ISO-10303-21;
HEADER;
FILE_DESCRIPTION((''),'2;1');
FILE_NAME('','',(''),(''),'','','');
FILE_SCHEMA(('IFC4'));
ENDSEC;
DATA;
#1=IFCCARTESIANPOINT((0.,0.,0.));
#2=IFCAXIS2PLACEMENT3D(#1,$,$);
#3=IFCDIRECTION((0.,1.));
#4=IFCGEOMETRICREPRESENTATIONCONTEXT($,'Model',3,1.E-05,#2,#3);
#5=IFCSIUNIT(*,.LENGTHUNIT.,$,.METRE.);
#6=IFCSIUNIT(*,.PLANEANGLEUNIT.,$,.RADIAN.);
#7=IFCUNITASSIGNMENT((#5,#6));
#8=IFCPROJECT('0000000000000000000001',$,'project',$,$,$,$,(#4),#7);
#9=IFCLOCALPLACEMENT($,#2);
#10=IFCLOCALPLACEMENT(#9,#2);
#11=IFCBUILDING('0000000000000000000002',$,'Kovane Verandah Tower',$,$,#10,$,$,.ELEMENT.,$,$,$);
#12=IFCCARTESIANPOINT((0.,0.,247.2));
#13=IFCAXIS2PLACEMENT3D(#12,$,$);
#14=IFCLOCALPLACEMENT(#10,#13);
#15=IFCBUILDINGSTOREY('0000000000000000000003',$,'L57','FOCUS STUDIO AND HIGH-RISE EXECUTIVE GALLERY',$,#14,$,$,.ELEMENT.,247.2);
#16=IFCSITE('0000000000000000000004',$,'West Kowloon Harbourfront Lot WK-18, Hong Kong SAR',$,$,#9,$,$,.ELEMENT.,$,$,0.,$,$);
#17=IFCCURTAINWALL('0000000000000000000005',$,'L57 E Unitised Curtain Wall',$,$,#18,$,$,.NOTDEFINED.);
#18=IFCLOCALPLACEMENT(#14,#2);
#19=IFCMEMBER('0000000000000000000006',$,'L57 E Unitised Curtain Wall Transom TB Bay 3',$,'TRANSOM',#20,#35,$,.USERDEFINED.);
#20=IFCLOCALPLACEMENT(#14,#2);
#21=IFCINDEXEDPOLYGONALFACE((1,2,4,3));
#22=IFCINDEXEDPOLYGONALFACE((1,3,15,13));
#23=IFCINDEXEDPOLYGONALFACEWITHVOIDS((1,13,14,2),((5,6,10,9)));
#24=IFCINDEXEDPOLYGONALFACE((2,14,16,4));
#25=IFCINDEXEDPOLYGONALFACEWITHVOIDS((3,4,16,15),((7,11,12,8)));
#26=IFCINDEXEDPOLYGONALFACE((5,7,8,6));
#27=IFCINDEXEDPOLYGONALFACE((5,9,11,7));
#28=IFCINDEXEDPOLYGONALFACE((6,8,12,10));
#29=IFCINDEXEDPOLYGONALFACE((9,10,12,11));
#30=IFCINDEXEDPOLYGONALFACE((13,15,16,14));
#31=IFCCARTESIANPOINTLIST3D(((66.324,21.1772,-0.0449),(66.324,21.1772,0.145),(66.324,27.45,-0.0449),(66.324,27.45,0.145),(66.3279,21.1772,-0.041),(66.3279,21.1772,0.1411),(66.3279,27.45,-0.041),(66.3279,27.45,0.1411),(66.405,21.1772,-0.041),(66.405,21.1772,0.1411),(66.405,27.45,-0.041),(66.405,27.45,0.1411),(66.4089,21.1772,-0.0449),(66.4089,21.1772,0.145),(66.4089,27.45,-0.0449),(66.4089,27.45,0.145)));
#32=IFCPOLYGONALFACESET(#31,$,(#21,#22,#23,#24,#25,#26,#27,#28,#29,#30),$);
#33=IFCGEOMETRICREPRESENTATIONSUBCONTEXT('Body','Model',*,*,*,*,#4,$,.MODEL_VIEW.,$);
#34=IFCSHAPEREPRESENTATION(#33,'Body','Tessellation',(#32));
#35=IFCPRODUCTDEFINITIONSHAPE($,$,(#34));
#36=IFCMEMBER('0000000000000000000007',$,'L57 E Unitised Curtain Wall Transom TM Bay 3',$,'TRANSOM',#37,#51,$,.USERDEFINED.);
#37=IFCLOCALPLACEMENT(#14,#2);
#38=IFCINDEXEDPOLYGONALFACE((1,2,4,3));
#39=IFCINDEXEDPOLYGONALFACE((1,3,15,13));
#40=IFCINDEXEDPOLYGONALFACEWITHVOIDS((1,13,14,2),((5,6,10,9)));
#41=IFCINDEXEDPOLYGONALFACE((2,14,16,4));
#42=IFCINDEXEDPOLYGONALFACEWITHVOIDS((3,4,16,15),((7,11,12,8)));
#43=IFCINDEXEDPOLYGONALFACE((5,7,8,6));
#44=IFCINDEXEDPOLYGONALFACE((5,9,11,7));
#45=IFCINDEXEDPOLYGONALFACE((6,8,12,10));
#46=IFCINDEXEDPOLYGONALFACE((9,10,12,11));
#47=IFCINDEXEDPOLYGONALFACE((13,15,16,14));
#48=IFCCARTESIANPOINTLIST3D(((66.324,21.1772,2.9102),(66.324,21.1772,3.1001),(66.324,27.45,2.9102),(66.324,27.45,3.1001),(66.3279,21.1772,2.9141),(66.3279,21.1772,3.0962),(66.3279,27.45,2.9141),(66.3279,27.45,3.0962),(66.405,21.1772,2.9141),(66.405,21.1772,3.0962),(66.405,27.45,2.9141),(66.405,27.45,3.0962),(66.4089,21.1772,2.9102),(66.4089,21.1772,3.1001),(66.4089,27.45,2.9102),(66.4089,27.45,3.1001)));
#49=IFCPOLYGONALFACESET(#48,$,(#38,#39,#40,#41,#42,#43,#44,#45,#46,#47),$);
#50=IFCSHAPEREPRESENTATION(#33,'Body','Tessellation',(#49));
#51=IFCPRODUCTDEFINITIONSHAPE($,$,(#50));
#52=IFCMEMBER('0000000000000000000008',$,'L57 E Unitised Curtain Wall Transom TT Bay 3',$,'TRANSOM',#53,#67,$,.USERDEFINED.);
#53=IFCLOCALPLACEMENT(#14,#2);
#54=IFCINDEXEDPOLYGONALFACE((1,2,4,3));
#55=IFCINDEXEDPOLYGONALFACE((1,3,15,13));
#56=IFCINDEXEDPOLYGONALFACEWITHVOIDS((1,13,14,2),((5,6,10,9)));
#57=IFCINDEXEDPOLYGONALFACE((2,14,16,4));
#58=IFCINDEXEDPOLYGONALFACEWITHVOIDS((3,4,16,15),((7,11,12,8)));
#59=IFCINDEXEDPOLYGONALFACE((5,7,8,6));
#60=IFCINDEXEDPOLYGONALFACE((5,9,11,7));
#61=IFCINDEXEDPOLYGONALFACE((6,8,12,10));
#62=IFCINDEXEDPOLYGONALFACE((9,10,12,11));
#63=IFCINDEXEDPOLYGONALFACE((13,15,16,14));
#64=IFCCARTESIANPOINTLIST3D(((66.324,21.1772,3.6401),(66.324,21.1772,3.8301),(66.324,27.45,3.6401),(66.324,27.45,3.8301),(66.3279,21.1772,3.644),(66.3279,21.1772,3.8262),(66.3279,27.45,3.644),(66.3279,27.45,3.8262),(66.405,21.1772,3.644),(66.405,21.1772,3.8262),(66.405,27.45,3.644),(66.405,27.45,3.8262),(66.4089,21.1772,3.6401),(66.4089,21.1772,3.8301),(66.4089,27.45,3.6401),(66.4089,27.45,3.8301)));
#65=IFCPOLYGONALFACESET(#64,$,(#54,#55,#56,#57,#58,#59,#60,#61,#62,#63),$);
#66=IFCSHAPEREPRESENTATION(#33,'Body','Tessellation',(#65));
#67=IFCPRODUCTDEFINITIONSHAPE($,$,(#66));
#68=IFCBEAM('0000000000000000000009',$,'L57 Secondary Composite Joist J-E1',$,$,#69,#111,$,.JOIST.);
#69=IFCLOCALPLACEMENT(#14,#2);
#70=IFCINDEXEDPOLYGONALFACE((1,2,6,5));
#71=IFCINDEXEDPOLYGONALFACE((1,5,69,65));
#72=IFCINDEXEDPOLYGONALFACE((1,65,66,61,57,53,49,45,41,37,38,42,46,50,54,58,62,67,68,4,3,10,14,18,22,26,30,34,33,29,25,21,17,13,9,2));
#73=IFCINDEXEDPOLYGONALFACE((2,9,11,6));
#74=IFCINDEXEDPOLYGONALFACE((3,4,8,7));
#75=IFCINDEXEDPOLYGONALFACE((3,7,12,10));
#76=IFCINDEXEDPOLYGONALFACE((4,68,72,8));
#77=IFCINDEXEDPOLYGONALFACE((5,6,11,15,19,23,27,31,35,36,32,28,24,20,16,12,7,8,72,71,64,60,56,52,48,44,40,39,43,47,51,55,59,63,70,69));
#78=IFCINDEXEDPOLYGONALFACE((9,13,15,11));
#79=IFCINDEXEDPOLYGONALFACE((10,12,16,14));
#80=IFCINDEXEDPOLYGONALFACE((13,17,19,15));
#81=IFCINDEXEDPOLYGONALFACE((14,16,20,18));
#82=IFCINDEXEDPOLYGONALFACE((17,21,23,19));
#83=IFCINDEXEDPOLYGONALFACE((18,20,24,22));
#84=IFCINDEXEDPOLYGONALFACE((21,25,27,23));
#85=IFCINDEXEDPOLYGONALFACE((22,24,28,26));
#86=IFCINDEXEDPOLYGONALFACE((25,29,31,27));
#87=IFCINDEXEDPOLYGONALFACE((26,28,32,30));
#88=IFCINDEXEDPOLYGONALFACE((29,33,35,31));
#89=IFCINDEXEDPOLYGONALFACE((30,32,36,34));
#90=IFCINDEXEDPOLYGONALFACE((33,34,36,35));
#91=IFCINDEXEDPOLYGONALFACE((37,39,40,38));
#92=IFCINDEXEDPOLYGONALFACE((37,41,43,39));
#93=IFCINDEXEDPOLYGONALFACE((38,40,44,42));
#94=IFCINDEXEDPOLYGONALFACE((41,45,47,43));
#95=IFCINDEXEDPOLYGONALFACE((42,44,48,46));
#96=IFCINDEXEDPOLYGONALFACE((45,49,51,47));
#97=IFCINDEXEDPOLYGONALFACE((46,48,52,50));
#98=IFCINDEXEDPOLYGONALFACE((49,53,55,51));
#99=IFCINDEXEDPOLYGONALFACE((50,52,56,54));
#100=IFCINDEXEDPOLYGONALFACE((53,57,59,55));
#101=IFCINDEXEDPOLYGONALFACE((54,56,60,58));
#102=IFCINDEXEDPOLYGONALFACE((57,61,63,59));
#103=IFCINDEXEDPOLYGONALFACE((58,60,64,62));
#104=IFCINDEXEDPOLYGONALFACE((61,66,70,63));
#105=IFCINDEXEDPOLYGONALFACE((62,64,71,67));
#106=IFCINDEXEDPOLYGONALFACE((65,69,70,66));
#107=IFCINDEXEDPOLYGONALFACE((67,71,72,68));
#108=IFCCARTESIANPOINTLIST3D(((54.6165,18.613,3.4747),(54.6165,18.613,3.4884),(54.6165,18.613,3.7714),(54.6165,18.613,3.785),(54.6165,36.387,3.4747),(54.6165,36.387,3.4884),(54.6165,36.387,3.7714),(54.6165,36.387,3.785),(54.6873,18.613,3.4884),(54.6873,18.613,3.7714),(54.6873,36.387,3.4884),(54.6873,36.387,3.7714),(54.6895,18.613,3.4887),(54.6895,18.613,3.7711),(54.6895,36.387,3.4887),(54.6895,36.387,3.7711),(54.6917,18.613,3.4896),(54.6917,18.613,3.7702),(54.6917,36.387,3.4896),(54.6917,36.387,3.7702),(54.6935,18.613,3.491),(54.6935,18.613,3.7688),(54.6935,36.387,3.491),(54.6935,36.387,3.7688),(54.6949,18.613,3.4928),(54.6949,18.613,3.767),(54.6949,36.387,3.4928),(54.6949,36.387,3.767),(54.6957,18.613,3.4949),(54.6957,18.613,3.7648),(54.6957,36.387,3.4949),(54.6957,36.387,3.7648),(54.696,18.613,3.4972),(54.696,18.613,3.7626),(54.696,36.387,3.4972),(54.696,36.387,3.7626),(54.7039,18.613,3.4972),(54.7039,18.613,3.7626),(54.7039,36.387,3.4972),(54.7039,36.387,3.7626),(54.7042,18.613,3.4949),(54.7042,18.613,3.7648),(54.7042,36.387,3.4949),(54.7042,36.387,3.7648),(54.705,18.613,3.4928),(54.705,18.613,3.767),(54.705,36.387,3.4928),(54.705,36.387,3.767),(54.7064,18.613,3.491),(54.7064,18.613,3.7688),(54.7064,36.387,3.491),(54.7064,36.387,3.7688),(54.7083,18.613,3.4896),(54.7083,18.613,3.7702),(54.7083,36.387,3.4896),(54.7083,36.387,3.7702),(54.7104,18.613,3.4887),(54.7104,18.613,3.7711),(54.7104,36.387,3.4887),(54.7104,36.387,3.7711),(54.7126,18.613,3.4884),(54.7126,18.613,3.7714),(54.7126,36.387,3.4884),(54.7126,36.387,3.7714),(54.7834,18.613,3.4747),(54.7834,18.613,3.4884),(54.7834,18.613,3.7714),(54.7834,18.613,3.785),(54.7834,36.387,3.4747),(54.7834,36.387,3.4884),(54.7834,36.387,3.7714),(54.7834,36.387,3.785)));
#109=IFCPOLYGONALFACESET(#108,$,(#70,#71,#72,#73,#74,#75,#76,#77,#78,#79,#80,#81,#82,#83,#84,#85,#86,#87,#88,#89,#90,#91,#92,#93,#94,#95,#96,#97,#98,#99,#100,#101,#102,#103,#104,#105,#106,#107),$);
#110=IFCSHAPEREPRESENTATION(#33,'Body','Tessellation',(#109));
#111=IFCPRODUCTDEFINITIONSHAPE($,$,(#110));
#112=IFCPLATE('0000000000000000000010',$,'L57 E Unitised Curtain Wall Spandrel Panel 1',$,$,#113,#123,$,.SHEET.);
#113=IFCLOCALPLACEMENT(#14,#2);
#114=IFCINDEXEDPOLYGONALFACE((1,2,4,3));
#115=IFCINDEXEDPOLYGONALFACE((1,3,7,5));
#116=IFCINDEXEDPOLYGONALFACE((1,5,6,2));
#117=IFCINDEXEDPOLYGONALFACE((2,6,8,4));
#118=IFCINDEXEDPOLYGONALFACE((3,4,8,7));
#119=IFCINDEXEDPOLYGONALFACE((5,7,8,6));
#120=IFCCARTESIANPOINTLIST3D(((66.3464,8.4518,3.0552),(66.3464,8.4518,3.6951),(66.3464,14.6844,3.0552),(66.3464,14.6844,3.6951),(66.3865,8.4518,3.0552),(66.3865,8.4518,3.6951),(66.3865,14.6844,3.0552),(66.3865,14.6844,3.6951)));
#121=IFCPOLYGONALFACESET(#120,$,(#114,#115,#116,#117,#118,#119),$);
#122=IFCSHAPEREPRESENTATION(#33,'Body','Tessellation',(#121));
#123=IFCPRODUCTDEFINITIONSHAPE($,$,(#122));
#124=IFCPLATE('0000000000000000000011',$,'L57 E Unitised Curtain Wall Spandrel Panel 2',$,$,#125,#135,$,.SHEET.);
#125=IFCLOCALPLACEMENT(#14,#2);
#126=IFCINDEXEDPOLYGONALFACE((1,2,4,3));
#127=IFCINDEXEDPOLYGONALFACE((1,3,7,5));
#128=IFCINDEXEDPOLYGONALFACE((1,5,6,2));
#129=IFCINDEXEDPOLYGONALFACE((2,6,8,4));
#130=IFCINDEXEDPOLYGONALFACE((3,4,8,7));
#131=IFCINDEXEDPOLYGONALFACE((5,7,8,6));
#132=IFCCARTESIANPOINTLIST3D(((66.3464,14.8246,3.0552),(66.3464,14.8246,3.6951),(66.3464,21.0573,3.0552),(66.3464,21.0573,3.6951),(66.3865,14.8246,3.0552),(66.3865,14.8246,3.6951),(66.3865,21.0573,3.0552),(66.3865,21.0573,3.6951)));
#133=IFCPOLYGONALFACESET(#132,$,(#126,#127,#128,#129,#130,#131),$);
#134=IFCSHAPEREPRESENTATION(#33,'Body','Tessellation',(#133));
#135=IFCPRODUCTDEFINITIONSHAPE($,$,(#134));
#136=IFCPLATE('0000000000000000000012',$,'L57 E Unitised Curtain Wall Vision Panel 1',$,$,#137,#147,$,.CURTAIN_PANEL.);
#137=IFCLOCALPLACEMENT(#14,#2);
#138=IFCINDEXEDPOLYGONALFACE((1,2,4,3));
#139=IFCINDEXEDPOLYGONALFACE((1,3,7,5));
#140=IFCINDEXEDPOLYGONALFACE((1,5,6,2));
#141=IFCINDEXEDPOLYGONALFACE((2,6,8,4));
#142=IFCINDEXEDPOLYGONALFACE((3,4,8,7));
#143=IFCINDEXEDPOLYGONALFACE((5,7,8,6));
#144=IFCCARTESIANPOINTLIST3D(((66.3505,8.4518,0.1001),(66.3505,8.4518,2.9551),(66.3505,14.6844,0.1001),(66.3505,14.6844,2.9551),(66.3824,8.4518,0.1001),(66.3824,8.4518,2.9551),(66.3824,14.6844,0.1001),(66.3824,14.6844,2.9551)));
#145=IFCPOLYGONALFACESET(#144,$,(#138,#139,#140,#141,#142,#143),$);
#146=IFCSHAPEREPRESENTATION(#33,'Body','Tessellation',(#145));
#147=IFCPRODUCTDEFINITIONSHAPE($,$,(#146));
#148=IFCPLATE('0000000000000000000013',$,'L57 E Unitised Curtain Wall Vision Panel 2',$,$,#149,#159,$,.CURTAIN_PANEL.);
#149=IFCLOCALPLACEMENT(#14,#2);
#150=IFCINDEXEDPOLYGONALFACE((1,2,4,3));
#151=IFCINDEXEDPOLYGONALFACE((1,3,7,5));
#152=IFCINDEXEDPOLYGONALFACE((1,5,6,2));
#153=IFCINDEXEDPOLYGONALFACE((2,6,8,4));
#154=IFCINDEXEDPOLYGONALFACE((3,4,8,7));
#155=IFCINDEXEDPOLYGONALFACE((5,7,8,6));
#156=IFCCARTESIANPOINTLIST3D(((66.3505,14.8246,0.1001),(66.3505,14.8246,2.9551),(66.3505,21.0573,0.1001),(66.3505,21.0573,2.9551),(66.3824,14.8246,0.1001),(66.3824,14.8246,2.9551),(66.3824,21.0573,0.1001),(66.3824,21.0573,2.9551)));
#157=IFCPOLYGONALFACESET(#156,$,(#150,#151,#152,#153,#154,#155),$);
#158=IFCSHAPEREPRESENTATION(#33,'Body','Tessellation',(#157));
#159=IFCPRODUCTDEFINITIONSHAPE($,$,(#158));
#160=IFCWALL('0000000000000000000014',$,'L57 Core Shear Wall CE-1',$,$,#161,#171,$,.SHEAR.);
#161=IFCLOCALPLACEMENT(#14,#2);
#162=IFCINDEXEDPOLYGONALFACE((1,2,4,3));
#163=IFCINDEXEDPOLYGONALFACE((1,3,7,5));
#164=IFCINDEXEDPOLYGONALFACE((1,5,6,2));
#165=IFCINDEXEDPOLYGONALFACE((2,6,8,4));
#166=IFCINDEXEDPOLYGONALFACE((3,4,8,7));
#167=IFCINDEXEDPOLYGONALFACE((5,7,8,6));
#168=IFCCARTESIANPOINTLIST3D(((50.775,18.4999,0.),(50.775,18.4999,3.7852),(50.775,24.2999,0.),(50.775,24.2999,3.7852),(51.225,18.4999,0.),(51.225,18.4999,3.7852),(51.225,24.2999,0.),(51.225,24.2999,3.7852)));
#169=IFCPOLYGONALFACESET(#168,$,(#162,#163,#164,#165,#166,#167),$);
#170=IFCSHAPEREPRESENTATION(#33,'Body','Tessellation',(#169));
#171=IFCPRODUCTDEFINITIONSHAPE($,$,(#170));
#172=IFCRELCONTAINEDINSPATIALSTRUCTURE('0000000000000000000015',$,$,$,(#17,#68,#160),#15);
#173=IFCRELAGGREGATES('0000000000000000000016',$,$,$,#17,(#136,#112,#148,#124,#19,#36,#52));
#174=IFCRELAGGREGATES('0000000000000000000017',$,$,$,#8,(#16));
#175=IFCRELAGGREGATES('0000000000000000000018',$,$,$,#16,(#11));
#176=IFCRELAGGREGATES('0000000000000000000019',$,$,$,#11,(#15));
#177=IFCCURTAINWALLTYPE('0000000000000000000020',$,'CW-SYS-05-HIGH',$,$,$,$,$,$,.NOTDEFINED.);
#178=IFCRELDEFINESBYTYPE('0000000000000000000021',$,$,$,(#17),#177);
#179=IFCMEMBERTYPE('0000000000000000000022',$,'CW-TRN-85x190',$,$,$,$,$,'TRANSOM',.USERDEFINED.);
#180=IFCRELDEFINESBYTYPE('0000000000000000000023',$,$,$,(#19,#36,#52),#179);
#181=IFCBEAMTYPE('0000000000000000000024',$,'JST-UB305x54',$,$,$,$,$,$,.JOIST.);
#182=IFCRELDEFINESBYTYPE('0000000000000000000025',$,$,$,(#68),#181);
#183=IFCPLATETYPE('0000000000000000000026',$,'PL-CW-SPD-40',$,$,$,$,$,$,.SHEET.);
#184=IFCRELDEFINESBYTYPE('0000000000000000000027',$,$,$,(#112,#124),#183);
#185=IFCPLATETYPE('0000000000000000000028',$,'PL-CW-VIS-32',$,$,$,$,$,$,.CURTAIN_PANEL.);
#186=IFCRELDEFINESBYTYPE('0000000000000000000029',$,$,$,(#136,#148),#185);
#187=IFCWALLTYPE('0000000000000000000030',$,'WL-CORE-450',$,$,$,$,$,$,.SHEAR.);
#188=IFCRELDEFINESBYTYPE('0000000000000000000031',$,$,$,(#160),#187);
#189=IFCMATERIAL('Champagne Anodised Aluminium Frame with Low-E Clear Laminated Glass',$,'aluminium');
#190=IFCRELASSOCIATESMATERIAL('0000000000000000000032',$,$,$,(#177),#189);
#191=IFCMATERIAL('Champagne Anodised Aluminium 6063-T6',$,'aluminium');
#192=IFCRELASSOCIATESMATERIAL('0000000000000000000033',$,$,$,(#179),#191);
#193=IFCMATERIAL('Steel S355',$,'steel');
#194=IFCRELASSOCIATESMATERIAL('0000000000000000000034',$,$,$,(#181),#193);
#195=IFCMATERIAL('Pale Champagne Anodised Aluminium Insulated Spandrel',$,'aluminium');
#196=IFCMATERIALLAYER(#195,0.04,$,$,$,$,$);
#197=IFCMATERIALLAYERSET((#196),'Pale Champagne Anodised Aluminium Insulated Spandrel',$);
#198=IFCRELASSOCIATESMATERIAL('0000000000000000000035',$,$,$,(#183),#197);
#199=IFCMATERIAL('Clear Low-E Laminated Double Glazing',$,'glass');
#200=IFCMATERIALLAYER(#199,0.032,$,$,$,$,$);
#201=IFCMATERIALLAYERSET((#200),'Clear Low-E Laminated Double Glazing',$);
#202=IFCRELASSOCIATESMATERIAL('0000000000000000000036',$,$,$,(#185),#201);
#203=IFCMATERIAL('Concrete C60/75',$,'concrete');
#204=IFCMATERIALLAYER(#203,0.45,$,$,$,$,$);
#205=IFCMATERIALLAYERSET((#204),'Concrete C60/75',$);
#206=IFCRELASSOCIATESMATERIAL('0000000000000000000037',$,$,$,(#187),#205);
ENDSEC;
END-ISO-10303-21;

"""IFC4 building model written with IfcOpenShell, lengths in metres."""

from ifc_helpers import new_model, si_unit, direction, frame, frame_2d, origin, origin_2d, place, context, subcontext, project, spatial, rectangle, hollow_rectangle, i_section, extrude, material, layer, layer_set, material_profile, profile_set, type_object, element, aggregate, save


model = new_model("IFC4")

# Units and contexts
model_context = context("Model", 3, precision=1e-05, world=origin(), true_north=direction((0.0, 1.0)))
body_context = subcontext(model_context, "Body", "Model", "MODEL_VIEW")
ifc_project = project(units=[si_unit("LENGTHUNIT", "METRE"), si_unit("PLANEANGLEUNIT", "RADIAN")], contexts=[model_context])

# Site, building, storey
site_placement = place(None, origin())
site = spatial("IfcSite", under=ifc_project, at=site_placement, Name="West Kowloon Harbourfront Lot WK-18, Hong Kong SAR", CompositionType="ELEMENT", RefElevation=0.0)
building_placement = place(site_placement, origin())
building = spatial("IfcBuilding", under=site, at=building_placement, Name="Kovane Verandah Tower", CompositionType="ELEMENT")
storey_placement = place(building_placement, frame((0.0, 0.0, 247.2)))
storey = spatial("IfcBuildingStorey", under=building, at=storey_placement, Name="L57", Description="FOCUS STUDIO AND HIGH-RISE EXECUTIVE GALLERY", CompositionType="ELEMENT", Elevation=247.2)

# Shared definitions
ifc_material_1 = material(Name="Concrete C60/75", Category="concrete")

# Shared definitions
ifc_material_2 = material(Name="Steel S355", Category="steel")

# Curtain wall, members
ifc_material_3 = material(Name="Champagne Anodised Aluminium Frame with Low-E Clear Laminated Glass", Category="aluminium")
curtain_wall_type = type_object("IfcCurtainWallType", Name="CW-SYS-05-HIGH", PredefinedType="NOTDEFINED", material=ifc_material_3)
curtain_wall_placement = place(storey_placement, origin())
curtain_wall = element("IfcCurtainWall", 1, at=curtain_wall_placement, inside=storey, type_object=curtain_wall_type, Name="L57 E Unitised Curtain Wall", PredefinedType="NOTDEFINED")
ifc_material_4 = material(Name="Champagne Anodised Aluminium 6063-T6", Category="aluminium")
ifc_material_profile_1 = material_profile(ifc_material_4, hollow_rectangle(XDim=0.085, YDim=0.1899, WallThickness=0.0039, at=origin_2d()), Name="AL85x190x4")
ifc_profile_set_1 = profile_set([ifc_material_profile_1], Name="Champagne Anodised Aluminium 6063-T6")
member_type_1 = type_object("IfcMemberType", Name="CW-TRN-85x190", ElementType="TRANSOM", PredefinedType="USERDEFINED", material=ifc_profile_set_1)
member_1_placement = place(storey_placement, frame((66.3665, 21.1772, 0.05), z_axis=(0.0, 1.0, 0.0), x_axis=(-1.0, 0.0, 0.0)))
member_1 = element("IfcMember", 2, at=member_1_placement, type_object=member_type_1, Name="L57 E Unitised Curtain Wall Transom TB Bay 3", ObjectType="TRANSOM", PredefinedType="USERDEFINED", context=body_context, shape_type="SweptSolid", body=[
    extrude(hollow_rectangle(XDim=0.085, YDim=0.1899, WallThickness=0.0039, at=origin_2d()), origin(), (0.0, 0.0, 1.0), 6.2727),
])
member_2_placement = place(storey_placement, frame((66.3665, 21.1772, 3.0051), z_axis=(0.0, 1.0, 0.0), x_axis=(-1.0, 0.0, 0.0)))
member_2 = element("IfcMember", 3, at=member_2_placement, type_object=member_type_1, Name="L57 E Unitised Curtain Wall Transom TM Bay 3", ObjectType="TRANSOM", PredefinedType="USERDEFINED", context=body_context, shape_type="SweptSolid", body=[
    extrude(hollow_rectangle(XDim=0.085, YDim=0.1899, WallThickness=0.0039, at=origin_2d()), origin(), (0.0, 0.0, 1.0), 6.2727),
])
member_3_placement = place(storey_placement, frame((66.3665, 21.1772, 3.7351), z_axis=(0.0, 1.0, 0.0), x_axis=(-1.0, 0.0, 0.0)))
member_3 = element("IfcMember", 4, at=member_3_placement, type_object=member_type_1, Name="L57 E Unitised Curtain Wall Transom TT Bay 3", ObjectType="TRANSOM", PredefinedType="USERDEFINED", context=body_context, shape_type="SweptSolid", body=[
    extrude(hollow_rectangle(XDim=0.085, YDim=0.1899, WallThickness=0.0039, at=origin_2d()), origin(), (0.0, 0.0, 1.0), 6.2727),
])

# Beam
ifc_material_profile_2 = material_profile(ifc_material_2, i_section(OverallWidth=0.167, OverallDepth=0.3103, WebThickness=0.0078, FlangeThickness=0.0137, FilletRadius=0.0088, at=origin_2d()), Name="UB305x165x54")
ifc_profile_set_2 = profile_set([ifc_material_profile_2], Name="Steel S355")
beam_type_1 = type_object("IfcBeamType", Name="JST-UB305x54", PredefinedType="JOIST", material=ifc_profile_set_2)
beam_1_placement = place(storey_placement, frame((54.7, 18.613, 3.6299), z_axis=(0.0, 1.0, 0.0), x_axis=(-1.0, 0.0, 0.0)))
element("IfcBeam", 5, at=beam_1_placement, inside=storey, type_object=beam_type_1, Name="L57 Secondary Composite Joist J-E1", PredefinedType="JOIST", context=body_context, shape_type="SweptSolid", body=[
    extrude(i_section(OverallWidth=0.167, OverallDepth=0.3103, WebThickness=0.0078, FlangeThickness=0.0137, FilletRadius=0.0088, at=origin_2d()), origin(), (0.0, 0.0, 1.0), 17.7739),
])

# Plates
ifc_material_5 = material(Name="Pale Champagne Anodised Aluminium Insulated Spandrel", Category="aluminium")
ifc_layer_1 = layer(ifc_material_5, 0.04)
ifc_layer_set_1 = layer_set([ifc_layer_1], Name="Pale Champagne Anodised Aluminium Insulated Spandrel")
plate_type_1 = type_object("IfcPlateType", Name="PL-CW-SPD-40", PredefinedType="SHEET", material=ifc_layer_set_1)
plate_1_placement = place(storey_placement, frame((66.3665, 11.5681, 3.0552), z_axis=(0.0, 0.0, 1.0), x_axis=(0.0, 1.0, 0.0)))
plate_1 = element("IfcPlate", 6, at=plate_1_placement, type_object=plate_type_1, Name="L57 E Unitised Curtain Wall Spandrel Panel 1", PredefinedType="SHEET", context=body_context, shape_type="SweptSolid", body=[
    extrude(rectangle(XDim=6.2327, YDim=0.04, at=origin_2d()), origin(), (0.0, 0.0, 1.0), 0.6399),
])
plate_2_placement = place(storey_placement, frame((66.3665, 17.9409, 3.0552), z_axis=(0.0, 0.0, 1.0), x_axis=(0.0, 1.0, 0.0)))
plate_2 = element("IfcPlate", 7, at=plate_2_placement, type_object=plate_type_1, Name="L57 E Unitised Curtain Wall Spandrel Panel 2", PredefinedType="SHEET", context=body_context, shape_type="SweptSolid", body=[
    extrude(rectangle(XDim=6.2327, YDim=0.04, at=origin_2d()), origin(), (0.0, 0.0, 1.0), 0.6399),
])
ifc_material_6 = material(Name="Clear Low-E Laminated Double Glazing", Category="glass")
ifc_layer_2 = layer(ifc_material_6, 0.032)
ifc_layer_set_2 = layer_set([ifc_layer_2], Name="Clear Low-E Laminated Double Glazing")
plate_type_2 = type_object("IfcPlateType", Name="PL-CW-VIS-32", PredefinedType="CURTAIN_PANEL", material=ifc_layer_set_2)
plate_3_placement = place(storey_placement, frame((66.3665, 11.5681, 0.1001), z_axis=(0.0, 0.0, 1.0), x_axis=(0.0, 1.0, 0.0)))
plate_3 = element("IfcPlate", 8, at=plate_3_placement, type_object=plate_type_2, Name="L57 E Unitised Curtain Wall Vision Panel 1", PredefinedType="CURTAIN_PANEL", context=body_context, shape_type="SweptSolid", body=[
    extrude(rectangle(XDim=6.2327, YDim=0.032, at=origin_2d()), origin(), (0.0, 0.0, 1.0), 2.855),
])
plate_4_placement = place(storey_placement, frame((66.3665, 17.9409, 0.1001), z_axis=(0.0, 0.0, 1.0), x_axis=(0.0, 1.0, 0.0)))
plate_4 = element("IfcPlate", 9, at=plate_4_placement, type_object=plate_type_2, Name="L57 E Unitised Curtain Wall Vision Panel 2", PredefinedType="CURTAIN_PANEL", context=body_context, shape_type="SweptSolid", body=[
    extrude(rectangle(XDim=6.2327, YDim=0.032, at=origin_2d()), origin(), (0.0, 0.0, 1.0), 2.855),
])
aggregate(curtain_wall, [plate_3, plate_1, plate_4, plate_2, member_1, member_2, member_3])

# Wall
ifc_layer_3 = layer(ifc_material_1, 0.45)
ifc_layer_set_3 = layer_set([ifc_layer_3], Name="Concrete C60/75")
wall_type = type_object("IfcWallType", Name="WL-CORE-450", PredefinedType="SHEAR", material=ifc_layer_set_3)
wall_placement = place(storey_placement, frame((51.0, 18.5, 0.0), z_axis=(0.0, 0.0, 1.0), x_axis=(0.0, 1.0, 0.0)))
element("IfcWall", 10, at=wall_placement, inside=storey, type_object=wall_type, Name="L57 Core Shear Wall CE-1", PredefinedType="SHEAR", context=body_context, shape_type="SweptSolid", body=[
    extrude(rectangle(XDim=5.8, YDim=0.45, at=frame_2d((2.8999, 0.0))), origin(), (0.0, 0.0, 1.0), 3.7852),
])

save(model, "model.ifc")
